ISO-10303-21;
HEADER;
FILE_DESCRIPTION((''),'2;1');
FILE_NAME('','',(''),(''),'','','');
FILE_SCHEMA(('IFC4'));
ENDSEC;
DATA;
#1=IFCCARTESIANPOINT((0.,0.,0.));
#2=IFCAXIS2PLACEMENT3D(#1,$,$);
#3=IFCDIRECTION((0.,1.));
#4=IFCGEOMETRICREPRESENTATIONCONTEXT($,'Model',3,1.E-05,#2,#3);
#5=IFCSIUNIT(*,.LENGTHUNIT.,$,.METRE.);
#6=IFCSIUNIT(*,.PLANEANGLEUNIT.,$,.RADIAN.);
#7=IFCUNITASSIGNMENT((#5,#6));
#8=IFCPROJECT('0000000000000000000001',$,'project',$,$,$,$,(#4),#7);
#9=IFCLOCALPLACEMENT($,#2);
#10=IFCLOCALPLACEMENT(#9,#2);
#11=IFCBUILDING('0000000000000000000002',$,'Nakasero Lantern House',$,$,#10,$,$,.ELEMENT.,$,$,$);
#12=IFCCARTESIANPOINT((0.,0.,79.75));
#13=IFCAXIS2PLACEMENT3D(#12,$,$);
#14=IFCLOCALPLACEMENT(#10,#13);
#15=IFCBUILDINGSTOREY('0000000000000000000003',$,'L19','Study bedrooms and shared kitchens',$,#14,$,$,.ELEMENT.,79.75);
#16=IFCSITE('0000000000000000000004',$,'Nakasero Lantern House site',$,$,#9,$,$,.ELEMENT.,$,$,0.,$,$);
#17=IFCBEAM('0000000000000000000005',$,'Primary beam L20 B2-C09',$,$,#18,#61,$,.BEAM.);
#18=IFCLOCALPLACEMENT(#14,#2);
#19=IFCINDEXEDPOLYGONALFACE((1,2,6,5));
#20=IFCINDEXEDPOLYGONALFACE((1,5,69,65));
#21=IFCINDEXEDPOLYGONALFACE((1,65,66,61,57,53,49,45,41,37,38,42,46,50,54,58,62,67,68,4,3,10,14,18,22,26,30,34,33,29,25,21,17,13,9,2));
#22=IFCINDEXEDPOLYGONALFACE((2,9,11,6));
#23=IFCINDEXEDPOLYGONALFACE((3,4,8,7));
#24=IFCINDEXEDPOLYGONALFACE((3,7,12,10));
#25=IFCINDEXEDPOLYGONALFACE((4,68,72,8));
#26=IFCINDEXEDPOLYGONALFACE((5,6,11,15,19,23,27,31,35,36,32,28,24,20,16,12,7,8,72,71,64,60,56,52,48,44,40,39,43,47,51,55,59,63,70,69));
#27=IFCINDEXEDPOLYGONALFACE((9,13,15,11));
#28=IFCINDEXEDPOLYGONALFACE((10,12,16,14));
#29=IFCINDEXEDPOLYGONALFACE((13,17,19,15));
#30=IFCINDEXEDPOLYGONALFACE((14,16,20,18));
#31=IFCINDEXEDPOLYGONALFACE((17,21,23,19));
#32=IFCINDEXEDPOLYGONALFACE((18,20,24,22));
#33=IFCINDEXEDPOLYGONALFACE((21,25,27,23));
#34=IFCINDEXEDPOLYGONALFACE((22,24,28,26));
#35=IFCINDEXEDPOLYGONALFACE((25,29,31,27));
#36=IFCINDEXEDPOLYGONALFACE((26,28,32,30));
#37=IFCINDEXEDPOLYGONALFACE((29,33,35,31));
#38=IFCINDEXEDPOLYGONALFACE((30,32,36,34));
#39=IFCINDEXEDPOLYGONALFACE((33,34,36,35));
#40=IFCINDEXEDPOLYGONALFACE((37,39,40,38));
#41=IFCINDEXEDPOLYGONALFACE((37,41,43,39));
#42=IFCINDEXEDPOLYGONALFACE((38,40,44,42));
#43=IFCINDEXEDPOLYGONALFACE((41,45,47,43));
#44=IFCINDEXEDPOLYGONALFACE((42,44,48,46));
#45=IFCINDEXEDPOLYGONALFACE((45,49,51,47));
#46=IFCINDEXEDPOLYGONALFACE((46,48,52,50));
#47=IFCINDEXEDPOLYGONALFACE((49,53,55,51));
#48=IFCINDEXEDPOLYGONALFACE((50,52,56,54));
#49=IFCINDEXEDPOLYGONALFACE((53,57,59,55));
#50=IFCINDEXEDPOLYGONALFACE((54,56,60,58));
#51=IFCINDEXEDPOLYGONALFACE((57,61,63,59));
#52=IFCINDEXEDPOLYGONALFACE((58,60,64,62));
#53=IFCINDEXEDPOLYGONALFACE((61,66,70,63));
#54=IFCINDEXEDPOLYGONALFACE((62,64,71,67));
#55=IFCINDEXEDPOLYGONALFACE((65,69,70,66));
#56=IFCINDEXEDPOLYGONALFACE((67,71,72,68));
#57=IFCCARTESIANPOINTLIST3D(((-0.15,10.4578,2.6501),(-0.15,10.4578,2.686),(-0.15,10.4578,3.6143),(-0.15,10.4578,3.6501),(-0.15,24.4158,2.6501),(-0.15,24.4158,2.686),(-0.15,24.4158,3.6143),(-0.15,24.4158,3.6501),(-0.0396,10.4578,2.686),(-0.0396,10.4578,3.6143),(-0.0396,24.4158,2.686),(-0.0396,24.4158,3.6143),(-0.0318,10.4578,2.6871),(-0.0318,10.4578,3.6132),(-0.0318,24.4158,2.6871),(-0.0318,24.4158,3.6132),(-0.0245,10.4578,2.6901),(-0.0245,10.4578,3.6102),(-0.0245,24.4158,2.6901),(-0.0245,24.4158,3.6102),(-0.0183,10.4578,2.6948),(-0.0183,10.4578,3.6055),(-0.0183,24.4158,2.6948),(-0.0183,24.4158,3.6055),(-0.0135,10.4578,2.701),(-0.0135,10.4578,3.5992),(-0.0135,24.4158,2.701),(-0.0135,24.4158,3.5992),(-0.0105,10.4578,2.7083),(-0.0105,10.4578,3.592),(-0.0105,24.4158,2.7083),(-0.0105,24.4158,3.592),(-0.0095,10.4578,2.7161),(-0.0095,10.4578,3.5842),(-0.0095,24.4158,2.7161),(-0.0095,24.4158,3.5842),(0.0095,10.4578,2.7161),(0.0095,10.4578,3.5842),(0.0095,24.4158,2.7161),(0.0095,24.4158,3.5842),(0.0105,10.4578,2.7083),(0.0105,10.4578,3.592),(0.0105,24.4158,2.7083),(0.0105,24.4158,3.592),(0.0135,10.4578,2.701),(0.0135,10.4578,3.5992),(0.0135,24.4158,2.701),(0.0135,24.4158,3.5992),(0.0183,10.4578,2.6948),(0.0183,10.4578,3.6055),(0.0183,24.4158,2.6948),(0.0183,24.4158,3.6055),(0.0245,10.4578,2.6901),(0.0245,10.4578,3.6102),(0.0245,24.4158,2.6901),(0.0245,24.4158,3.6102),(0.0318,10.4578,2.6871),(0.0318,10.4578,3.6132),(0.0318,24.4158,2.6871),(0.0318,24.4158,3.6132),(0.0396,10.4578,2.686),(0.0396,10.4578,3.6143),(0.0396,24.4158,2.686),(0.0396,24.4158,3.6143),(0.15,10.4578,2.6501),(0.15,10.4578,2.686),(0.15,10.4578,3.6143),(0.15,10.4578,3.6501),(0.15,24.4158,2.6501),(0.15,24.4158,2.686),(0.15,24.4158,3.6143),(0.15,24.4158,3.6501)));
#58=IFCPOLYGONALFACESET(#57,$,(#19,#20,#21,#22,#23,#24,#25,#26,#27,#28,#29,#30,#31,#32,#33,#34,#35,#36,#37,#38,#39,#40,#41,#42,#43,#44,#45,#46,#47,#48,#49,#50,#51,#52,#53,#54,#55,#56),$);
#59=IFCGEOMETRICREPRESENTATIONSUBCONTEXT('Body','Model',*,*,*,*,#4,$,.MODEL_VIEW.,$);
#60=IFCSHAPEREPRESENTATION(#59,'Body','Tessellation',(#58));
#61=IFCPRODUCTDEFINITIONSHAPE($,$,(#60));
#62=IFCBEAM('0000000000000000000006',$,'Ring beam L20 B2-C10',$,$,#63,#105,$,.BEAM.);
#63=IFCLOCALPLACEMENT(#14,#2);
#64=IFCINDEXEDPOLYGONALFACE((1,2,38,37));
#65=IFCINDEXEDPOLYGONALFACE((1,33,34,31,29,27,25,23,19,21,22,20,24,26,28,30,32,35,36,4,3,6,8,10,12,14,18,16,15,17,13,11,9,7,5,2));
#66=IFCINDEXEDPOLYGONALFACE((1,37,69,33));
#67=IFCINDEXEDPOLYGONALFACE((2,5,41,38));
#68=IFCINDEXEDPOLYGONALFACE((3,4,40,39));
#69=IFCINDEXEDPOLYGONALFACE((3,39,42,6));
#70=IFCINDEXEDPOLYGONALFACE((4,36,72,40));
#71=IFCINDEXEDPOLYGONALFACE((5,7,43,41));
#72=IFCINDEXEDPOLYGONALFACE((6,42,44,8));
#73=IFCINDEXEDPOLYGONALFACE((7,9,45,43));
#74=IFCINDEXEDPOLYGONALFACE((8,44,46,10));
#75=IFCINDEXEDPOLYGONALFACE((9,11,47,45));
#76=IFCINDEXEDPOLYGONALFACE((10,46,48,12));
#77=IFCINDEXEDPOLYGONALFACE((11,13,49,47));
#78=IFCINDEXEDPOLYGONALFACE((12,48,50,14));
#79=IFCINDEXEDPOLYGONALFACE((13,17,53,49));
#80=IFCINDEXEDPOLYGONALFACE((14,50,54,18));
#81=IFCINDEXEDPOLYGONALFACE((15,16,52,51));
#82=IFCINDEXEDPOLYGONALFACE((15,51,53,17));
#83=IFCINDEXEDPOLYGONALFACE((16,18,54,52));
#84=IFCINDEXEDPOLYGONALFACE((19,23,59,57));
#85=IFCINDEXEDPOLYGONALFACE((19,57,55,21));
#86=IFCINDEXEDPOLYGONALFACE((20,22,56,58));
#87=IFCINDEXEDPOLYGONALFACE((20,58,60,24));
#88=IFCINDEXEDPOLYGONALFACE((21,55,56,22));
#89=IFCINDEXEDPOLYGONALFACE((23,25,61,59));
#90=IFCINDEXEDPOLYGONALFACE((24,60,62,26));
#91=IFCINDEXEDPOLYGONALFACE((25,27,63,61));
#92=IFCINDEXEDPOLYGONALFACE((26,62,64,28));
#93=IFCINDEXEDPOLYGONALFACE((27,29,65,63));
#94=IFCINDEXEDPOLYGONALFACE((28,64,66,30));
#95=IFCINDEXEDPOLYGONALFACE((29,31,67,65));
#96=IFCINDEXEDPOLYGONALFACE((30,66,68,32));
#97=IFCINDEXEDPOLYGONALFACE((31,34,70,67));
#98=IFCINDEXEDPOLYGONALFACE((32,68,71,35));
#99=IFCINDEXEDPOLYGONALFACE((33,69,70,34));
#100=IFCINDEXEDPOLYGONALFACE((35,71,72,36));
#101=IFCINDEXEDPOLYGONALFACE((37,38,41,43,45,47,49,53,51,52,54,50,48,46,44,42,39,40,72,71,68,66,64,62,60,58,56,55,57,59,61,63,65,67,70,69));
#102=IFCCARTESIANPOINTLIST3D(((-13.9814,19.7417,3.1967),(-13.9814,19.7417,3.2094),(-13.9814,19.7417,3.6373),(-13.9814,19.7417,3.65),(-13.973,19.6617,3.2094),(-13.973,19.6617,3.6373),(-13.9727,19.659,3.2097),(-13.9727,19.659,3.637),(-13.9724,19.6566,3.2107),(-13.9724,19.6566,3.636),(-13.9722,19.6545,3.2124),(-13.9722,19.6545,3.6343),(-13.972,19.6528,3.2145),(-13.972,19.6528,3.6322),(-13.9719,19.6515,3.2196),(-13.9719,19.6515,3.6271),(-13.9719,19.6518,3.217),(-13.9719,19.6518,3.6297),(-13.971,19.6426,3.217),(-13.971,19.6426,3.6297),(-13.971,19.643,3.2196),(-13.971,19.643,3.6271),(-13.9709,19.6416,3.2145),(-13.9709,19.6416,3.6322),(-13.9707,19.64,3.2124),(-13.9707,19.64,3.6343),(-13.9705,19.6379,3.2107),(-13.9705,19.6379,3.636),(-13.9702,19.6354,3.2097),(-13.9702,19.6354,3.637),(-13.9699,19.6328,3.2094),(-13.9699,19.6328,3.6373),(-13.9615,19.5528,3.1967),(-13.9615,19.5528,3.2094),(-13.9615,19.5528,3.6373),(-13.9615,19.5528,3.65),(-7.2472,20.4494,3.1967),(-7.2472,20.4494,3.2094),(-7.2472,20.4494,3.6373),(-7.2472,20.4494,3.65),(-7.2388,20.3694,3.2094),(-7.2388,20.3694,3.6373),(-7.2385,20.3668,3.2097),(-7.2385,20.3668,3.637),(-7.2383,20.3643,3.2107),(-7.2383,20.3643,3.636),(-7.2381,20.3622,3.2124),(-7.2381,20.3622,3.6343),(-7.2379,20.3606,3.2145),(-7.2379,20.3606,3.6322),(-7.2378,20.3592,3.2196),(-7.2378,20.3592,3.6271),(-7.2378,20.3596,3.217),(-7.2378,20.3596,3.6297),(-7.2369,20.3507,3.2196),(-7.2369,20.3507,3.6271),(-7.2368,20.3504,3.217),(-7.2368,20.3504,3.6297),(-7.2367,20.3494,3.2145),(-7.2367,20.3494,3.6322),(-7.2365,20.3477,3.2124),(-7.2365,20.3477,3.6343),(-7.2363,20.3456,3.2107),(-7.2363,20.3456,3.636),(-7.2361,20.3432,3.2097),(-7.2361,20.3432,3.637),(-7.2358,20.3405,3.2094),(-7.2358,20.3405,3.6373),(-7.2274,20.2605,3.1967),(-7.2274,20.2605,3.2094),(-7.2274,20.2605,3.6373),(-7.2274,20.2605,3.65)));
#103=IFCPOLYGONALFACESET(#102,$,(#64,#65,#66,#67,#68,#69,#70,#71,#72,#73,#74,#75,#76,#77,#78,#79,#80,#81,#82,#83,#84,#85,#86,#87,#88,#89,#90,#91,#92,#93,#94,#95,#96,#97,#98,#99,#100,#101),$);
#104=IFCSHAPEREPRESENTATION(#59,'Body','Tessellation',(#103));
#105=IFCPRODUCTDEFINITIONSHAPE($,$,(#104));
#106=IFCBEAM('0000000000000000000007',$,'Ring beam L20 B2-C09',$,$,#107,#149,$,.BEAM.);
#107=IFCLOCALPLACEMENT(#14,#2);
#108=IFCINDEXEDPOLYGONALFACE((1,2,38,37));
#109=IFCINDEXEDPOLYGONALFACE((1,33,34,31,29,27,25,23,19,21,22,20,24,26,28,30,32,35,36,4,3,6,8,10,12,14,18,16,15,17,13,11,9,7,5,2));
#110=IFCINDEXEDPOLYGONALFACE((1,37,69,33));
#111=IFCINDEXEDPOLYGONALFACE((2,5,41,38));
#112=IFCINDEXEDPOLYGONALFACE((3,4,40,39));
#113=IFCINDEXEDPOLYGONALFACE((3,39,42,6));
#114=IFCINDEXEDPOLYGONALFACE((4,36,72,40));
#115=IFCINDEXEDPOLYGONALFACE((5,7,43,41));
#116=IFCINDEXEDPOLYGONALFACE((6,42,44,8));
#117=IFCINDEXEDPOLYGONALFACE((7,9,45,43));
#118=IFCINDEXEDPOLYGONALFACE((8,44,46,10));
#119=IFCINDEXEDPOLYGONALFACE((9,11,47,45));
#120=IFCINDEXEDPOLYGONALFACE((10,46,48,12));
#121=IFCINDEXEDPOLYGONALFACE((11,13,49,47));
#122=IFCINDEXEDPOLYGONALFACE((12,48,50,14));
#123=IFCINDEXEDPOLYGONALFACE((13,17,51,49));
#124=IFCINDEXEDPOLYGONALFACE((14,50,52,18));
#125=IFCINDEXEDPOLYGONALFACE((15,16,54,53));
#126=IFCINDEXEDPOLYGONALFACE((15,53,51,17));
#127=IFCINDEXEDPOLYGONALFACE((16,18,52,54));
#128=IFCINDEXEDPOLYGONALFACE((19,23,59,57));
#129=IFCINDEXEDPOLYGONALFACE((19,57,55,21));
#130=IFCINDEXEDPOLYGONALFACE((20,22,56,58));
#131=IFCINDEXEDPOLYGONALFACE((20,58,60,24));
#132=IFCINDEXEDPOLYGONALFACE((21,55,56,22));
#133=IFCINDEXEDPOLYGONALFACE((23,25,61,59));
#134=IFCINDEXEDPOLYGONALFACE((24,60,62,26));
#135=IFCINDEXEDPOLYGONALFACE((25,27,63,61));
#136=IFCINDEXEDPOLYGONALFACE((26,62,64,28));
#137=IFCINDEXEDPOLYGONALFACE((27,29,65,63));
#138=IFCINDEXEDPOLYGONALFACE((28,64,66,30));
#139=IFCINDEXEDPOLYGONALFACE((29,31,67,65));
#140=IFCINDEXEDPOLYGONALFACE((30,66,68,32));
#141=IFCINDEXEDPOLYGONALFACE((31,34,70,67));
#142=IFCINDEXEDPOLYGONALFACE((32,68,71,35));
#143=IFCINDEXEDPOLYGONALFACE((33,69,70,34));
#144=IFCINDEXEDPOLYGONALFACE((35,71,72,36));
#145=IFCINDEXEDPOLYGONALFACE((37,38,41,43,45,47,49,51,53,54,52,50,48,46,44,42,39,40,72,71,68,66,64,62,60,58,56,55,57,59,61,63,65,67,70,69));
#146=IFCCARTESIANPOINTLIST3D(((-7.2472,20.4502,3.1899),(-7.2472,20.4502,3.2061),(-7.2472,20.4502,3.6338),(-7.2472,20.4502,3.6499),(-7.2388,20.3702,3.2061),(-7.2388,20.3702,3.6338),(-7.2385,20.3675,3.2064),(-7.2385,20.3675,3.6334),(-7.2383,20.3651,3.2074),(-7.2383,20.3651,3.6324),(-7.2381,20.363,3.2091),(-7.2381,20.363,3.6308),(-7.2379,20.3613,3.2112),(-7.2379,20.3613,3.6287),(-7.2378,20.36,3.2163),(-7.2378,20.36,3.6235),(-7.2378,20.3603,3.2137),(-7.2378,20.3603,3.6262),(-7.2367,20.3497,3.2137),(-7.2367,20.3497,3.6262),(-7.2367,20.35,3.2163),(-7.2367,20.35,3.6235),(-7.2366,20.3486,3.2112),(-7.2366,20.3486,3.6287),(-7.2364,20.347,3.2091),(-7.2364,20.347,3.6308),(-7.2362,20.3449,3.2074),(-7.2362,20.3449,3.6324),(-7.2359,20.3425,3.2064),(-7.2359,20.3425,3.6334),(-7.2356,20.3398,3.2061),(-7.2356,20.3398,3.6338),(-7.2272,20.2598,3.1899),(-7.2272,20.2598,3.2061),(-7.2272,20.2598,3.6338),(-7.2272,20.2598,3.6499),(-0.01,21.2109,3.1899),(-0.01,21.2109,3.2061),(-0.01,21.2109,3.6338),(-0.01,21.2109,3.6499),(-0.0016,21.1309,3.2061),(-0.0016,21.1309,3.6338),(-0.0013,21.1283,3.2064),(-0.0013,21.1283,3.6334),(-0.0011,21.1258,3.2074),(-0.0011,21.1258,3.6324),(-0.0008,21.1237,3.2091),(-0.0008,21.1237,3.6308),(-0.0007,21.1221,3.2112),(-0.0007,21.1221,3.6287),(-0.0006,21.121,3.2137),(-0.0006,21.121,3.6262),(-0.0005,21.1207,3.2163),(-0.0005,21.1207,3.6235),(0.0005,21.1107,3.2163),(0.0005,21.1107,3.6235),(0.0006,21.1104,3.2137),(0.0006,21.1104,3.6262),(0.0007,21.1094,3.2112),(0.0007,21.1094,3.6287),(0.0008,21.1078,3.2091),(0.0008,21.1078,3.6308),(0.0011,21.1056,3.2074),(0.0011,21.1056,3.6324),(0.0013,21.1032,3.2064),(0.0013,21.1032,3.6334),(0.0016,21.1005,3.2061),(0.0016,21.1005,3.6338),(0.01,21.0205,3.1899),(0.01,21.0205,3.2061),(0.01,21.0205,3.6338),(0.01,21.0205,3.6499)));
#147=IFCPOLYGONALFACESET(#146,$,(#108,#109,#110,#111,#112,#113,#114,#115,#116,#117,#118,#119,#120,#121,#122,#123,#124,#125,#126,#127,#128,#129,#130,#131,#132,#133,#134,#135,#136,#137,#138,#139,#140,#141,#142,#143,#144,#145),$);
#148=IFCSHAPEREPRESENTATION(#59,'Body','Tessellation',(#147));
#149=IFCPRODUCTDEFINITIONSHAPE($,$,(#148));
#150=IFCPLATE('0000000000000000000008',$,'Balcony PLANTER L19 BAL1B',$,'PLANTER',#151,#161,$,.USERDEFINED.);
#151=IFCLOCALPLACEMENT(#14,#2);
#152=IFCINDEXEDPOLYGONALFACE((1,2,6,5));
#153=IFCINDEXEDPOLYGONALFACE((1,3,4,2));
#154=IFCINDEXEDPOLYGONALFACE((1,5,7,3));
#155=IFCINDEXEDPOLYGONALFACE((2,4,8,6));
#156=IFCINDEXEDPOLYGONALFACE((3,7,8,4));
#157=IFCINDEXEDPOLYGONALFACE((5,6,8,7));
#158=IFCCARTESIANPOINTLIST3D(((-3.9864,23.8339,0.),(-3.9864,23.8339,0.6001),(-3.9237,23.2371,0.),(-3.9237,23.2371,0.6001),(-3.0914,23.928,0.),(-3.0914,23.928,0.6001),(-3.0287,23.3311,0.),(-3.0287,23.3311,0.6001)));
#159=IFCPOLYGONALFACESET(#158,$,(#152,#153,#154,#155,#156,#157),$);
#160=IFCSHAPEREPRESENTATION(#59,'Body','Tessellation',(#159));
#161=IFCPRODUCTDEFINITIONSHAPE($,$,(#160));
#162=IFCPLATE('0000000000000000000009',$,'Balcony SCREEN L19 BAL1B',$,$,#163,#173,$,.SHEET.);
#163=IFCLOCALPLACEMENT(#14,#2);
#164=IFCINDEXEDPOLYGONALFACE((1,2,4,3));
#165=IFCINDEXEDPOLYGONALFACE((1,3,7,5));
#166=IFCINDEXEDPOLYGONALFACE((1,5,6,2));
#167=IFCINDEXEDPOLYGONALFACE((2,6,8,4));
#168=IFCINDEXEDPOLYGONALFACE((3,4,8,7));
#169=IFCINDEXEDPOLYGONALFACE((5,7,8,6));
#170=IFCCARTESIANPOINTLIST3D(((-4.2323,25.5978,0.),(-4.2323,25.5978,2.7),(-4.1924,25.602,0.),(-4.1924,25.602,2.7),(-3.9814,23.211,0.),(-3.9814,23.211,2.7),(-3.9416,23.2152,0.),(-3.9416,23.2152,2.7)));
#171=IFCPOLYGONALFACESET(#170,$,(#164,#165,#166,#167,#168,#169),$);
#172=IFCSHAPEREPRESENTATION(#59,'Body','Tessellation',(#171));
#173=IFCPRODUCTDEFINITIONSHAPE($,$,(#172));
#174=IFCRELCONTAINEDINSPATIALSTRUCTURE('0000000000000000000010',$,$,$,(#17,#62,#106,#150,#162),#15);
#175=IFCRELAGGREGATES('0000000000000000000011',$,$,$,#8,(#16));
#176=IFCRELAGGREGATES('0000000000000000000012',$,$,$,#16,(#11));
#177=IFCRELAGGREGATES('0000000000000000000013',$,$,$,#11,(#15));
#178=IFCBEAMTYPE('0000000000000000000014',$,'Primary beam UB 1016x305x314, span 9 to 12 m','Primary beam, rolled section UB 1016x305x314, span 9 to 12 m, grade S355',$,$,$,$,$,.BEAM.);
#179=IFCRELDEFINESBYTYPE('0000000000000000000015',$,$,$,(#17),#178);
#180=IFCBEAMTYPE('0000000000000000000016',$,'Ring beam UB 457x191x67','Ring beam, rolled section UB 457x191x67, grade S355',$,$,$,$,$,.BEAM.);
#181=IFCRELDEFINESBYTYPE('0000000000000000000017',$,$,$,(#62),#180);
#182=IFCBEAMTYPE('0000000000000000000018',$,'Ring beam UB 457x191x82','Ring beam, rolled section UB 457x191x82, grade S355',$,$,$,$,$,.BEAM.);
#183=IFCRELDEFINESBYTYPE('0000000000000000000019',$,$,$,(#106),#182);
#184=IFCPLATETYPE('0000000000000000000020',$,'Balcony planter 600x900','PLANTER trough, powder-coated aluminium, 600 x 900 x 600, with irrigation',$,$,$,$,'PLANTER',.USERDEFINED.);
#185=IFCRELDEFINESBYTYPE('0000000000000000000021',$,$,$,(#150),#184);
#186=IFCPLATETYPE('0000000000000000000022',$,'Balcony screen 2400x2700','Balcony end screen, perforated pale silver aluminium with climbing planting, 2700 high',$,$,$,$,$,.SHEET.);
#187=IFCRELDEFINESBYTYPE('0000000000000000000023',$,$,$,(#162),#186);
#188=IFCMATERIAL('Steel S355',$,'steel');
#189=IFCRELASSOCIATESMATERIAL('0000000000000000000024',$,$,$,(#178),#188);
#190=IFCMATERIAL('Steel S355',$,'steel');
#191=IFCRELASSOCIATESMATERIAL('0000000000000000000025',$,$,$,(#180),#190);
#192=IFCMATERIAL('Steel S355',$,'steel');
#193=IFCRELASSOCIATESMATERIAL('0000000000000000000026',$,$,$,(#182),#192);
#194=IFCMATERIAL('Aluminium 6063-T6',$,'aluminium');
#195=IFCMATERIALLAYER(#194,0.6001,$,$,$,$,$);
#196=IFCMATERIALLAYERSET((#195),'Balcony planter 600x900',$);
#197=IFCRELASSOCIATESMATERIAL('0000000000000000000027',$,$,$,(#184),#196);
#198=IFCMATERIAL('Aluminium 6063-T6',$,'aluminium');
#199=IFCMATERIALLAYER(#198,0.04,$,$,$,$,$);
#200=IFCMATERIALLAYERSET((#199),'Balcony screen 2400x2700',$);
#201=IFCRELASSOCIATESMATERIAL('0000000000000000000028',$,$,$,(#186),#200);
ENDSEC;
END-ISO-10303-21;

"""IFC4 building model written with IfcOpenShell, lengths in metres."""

from ifc_helpers import new_model, si_unit, direction, frame, origin, origin_2d, place, context, subcontext, project, spatial, rectangle, i_section, extrude, material, layer, layer_set, material_profile, profile_set, type_object, element, save


model = new_model("IFC4")

# Units and contexts
model_context = context("Model", 3, precision=1e-05, world=origin(), true_north=direction((0.0, 1.0)))
body_context = subcontext(model_context, "Body", "Model", "MODEL_VIEW")
ifc_project = project(units=[si_unit("LENGTHUNIT", "METRE"), si_unit("PLANEANGLEUNIT", "RADIAN")], contexts=[model_context])

# Site, building, storey
site_placement = place(None, origin())
site = spatial("IfcSite", under=ifc_project, at=site_placement, Name="Nakasero Lantern House site", CompositionType="ELEMENT", RefElevation=0.0)
building_placement = place(site_placement, origin())
building = spatial("IfcBuilding", under=site, at=building_placement, Name="Nakasero Lantern House", CompositionType="ELEMENT")
storey_placement = place(building_placement, frame((0.0, 0.0, 79.75)))
storey = spatial("IfcBuildingStorey", under=building, at=storey_placement, Name="L19", Description="Study bedrooms and shared kitchens", CompositionType="ELEMENT", Elevation=79.75)

# Beams
ifc_material_1 = material(Name="Steel S355", Category="steel")
ifc_material_profile_1 = material_profile(ifc_material_1, i_section(OverallWidth=0.3, OverallDepth=1.0, WebThickness=0.019, FlangeThickness=0.0359, FilletRadius=0.03, at=origin_2d()), Name="UB 1016x305x314")
ifc_profile_set_1 = profile_set([ifc_material_profile_1], Name="Steel S355")
beam_type_1 = type_object("IfcBeamType", Name="Primary beam UB 1016x305x314, span 9 to 12 m", Description="Primary beam, rolled section UB 1016x305x314, span 9 to 12 m, grade S355", PredefinedType="BEAM", material=ifc_profile_set_1)
beam_1_placement = place(storey_placement, frame((0.0, 24.4158, 3.1501), z_axis=(0.0, -1.0, 0.0), x_axis=(1.0, 0.0, 0.0)))
element("IfcBeam", 1, at=beam_1_placement, inside=storey, type_object=beam_type_1, Name="Primary beam L20 B2-C09", PredefinedType="BEAM", context=body_context, shape_type="SweptSolid", body=[
    extrude(i_section(OverallWidth=0.3, OverallDepth=1.0, WebThickness=0.019, FlangeThickness=0.0359, FilletRadius=0.03, at=origin_2d()), origin(), (0.0, 0.0, 1.0), 13.958),
])
ifc_material_2 = material(Name="Steel S355", Category="steel")
ifc_material_profile_2 = material_profile(ifc_material_2, i_section(OverallWidth=0.1899, OverallDepth=0.4534, WebThickness=0.0085, FlangeThickness=0.0127, FilletRadius=0.0103, at=origin_2d()), Name="UB 457x191x67")
ifc_profile_set_2 = profile_set([ifc_material_profile_2], Name="Steel S355")
beam_type_2 = type_object("IfcBeamType", Name="Ring beam UB 457x191x67", Description="Ring beam, rolled section UB 457x191x67, grade S355", PredefinedType="BEAM", material=ifc_profile_set_2)
beam_2_placement = place(storey_placement, frame((-7.2373, 20.355, 3.4233), z_axis=(-0.994522, -0.104525, 0.0), x_axis=(0.104525, -0.994522, 0.0)))
element("IfcBeam", 2, at=beam_2_placement, inside=storey, type_object=beam_type_2, Name="Ring beam L20 B2-C10", PredefinedType="BEAM", context=body_context, shape_type="SweptSolid", body=[
    extrude(i_section(OverallWidth=0.1899, OverallDepth=0.4534, WebThickness=0.0085, FlangeThickness=0.0127, FilletRadius=0.0103, at=origin_2d()), origin(), (0.0, 0.0, 1.0), 6.7712),
])
ifc_material_3 = material(Name="Steel S355", Category="steel")
ifc_material_profile_3 = material_profile(ifc_material_3, i_section(OverallWidth=0.1914, OverallDepth=0.46, WebThickness=0.01, FlangeThickness=0.0161, FilletRadius=0.0103, at=origin_2d()), Name="UB 457x191x82")
ifc_profile_set_3 = profile_set([ifc_material_profile_3], Name="Steel S355")
beam_type_3 = type_object("IfcBeamType", Name="Ring beam UB 457x191x82", Description="Ring beam, rolled section UB 457x191x82, grade S355", PredefinedType="BEAM", material=ifc_profile_set_3)
beam_3_placement = place(storey_placement, frame((0.0, 21.1157, 3.4199), z_axis=(-0.994521, -0.104538, 0.0), x_axis=(0.104538, -0.994521, 0.0)))
element("IfcBeam", 3, at=beam_3_placement, inside=storey, type_object=beam_type_3, Name="Ring beam L20 B2-C09", PredefinedType="BEAM", context=body_context, shape_type="SweptSolid", body=[
    extrude(i_section(OverallWidth=0.1914, OverallDepth=0.46, WebThickness=0.01, FlangeThickness=0.0161, FilletRadius=0.0103, at=origin_2d()), origin(), (0.0, 0.0, 1.0), 7.2771),
])

# Plates
ifc_material_4 = material(Name="Aluminium 6063-T6", Category="aluminium")
ifc_layer_1 = layer(ifc_material_4, 0.6001)
ifc_layer_set_1 = layer_set([ifc_layer_1], Name="Balcony planter 600x900")
plate_type_1 = type_object("IfcPlateType", Name="Balcony planter 600x900", Description="PLANTER trough, powder-coated aluminium, 600 x 900 x 600, with irrigation", ElementType="PLANTER", PredefinedType="USERDEFINED", material=ifc_layer_set_1)
plate_1_placement = place(storey_placement, frame((-3.5076, 23.5825, 0.0), z_axis=(0.0, 0.0, 1.0), x_axis=(-0.104528, 0.994522, 0.0)))
element("IfcPlate", 4, at=plate_1_placement, inside=storey, type_object=plate_type_1, Name="Balcony PLANTER L19 BAL1B", ObjectType="PLANTER", PredefinedType="USERDEFINED", context=body_context, shape_type="SweptSolid", body=[
    extrude(rectangle(XDim=0.6001, YDim=0.8999, at=origin_2d()), origin(), (0.0, 0.0, 1.0), 0.6001),
])
ifc_material_5 = material(Name="Aluminium 6063-T6", Category="aluminium")
ifc_layer_2 = layer(ifc_material_5, 0.04)
ifc_layer_set_2 = layer_set([ifc_layer_2], Name="Balcony screen 2400x2700")
plate_type_2 = type_object("IfcPlateType", Name="Balcony screen 2400x2700", Description="Balcony end screen, perforated pale silver aluminium with climbing planting, 2700 high", PredefinedType="SHEET", material=ifc_layer_set_2)
plate_2_placement = place(storey_placement, frame((-4.0869, 24.4065, 0.0), z_axis=(0.0, 0.0, 1.0), x_axis=(-0.104528, 0.994522, 0.0)))
element("IfcPlate", 5, at=plate_2_placement, inside=storey, type_object=plate_type_2, Name="Balcony SCREEN L19 BAL1B", PredefinedType="SHEET", context=body_context, shape_type="SweptSolid", body=[
    extrude(rectangle(XDim=2.3999, YDim=0.04, at=origin_2d()), origin(), (0.0, 0.0, 1.0), 2.7),
])

save(model, "model.ifc")
